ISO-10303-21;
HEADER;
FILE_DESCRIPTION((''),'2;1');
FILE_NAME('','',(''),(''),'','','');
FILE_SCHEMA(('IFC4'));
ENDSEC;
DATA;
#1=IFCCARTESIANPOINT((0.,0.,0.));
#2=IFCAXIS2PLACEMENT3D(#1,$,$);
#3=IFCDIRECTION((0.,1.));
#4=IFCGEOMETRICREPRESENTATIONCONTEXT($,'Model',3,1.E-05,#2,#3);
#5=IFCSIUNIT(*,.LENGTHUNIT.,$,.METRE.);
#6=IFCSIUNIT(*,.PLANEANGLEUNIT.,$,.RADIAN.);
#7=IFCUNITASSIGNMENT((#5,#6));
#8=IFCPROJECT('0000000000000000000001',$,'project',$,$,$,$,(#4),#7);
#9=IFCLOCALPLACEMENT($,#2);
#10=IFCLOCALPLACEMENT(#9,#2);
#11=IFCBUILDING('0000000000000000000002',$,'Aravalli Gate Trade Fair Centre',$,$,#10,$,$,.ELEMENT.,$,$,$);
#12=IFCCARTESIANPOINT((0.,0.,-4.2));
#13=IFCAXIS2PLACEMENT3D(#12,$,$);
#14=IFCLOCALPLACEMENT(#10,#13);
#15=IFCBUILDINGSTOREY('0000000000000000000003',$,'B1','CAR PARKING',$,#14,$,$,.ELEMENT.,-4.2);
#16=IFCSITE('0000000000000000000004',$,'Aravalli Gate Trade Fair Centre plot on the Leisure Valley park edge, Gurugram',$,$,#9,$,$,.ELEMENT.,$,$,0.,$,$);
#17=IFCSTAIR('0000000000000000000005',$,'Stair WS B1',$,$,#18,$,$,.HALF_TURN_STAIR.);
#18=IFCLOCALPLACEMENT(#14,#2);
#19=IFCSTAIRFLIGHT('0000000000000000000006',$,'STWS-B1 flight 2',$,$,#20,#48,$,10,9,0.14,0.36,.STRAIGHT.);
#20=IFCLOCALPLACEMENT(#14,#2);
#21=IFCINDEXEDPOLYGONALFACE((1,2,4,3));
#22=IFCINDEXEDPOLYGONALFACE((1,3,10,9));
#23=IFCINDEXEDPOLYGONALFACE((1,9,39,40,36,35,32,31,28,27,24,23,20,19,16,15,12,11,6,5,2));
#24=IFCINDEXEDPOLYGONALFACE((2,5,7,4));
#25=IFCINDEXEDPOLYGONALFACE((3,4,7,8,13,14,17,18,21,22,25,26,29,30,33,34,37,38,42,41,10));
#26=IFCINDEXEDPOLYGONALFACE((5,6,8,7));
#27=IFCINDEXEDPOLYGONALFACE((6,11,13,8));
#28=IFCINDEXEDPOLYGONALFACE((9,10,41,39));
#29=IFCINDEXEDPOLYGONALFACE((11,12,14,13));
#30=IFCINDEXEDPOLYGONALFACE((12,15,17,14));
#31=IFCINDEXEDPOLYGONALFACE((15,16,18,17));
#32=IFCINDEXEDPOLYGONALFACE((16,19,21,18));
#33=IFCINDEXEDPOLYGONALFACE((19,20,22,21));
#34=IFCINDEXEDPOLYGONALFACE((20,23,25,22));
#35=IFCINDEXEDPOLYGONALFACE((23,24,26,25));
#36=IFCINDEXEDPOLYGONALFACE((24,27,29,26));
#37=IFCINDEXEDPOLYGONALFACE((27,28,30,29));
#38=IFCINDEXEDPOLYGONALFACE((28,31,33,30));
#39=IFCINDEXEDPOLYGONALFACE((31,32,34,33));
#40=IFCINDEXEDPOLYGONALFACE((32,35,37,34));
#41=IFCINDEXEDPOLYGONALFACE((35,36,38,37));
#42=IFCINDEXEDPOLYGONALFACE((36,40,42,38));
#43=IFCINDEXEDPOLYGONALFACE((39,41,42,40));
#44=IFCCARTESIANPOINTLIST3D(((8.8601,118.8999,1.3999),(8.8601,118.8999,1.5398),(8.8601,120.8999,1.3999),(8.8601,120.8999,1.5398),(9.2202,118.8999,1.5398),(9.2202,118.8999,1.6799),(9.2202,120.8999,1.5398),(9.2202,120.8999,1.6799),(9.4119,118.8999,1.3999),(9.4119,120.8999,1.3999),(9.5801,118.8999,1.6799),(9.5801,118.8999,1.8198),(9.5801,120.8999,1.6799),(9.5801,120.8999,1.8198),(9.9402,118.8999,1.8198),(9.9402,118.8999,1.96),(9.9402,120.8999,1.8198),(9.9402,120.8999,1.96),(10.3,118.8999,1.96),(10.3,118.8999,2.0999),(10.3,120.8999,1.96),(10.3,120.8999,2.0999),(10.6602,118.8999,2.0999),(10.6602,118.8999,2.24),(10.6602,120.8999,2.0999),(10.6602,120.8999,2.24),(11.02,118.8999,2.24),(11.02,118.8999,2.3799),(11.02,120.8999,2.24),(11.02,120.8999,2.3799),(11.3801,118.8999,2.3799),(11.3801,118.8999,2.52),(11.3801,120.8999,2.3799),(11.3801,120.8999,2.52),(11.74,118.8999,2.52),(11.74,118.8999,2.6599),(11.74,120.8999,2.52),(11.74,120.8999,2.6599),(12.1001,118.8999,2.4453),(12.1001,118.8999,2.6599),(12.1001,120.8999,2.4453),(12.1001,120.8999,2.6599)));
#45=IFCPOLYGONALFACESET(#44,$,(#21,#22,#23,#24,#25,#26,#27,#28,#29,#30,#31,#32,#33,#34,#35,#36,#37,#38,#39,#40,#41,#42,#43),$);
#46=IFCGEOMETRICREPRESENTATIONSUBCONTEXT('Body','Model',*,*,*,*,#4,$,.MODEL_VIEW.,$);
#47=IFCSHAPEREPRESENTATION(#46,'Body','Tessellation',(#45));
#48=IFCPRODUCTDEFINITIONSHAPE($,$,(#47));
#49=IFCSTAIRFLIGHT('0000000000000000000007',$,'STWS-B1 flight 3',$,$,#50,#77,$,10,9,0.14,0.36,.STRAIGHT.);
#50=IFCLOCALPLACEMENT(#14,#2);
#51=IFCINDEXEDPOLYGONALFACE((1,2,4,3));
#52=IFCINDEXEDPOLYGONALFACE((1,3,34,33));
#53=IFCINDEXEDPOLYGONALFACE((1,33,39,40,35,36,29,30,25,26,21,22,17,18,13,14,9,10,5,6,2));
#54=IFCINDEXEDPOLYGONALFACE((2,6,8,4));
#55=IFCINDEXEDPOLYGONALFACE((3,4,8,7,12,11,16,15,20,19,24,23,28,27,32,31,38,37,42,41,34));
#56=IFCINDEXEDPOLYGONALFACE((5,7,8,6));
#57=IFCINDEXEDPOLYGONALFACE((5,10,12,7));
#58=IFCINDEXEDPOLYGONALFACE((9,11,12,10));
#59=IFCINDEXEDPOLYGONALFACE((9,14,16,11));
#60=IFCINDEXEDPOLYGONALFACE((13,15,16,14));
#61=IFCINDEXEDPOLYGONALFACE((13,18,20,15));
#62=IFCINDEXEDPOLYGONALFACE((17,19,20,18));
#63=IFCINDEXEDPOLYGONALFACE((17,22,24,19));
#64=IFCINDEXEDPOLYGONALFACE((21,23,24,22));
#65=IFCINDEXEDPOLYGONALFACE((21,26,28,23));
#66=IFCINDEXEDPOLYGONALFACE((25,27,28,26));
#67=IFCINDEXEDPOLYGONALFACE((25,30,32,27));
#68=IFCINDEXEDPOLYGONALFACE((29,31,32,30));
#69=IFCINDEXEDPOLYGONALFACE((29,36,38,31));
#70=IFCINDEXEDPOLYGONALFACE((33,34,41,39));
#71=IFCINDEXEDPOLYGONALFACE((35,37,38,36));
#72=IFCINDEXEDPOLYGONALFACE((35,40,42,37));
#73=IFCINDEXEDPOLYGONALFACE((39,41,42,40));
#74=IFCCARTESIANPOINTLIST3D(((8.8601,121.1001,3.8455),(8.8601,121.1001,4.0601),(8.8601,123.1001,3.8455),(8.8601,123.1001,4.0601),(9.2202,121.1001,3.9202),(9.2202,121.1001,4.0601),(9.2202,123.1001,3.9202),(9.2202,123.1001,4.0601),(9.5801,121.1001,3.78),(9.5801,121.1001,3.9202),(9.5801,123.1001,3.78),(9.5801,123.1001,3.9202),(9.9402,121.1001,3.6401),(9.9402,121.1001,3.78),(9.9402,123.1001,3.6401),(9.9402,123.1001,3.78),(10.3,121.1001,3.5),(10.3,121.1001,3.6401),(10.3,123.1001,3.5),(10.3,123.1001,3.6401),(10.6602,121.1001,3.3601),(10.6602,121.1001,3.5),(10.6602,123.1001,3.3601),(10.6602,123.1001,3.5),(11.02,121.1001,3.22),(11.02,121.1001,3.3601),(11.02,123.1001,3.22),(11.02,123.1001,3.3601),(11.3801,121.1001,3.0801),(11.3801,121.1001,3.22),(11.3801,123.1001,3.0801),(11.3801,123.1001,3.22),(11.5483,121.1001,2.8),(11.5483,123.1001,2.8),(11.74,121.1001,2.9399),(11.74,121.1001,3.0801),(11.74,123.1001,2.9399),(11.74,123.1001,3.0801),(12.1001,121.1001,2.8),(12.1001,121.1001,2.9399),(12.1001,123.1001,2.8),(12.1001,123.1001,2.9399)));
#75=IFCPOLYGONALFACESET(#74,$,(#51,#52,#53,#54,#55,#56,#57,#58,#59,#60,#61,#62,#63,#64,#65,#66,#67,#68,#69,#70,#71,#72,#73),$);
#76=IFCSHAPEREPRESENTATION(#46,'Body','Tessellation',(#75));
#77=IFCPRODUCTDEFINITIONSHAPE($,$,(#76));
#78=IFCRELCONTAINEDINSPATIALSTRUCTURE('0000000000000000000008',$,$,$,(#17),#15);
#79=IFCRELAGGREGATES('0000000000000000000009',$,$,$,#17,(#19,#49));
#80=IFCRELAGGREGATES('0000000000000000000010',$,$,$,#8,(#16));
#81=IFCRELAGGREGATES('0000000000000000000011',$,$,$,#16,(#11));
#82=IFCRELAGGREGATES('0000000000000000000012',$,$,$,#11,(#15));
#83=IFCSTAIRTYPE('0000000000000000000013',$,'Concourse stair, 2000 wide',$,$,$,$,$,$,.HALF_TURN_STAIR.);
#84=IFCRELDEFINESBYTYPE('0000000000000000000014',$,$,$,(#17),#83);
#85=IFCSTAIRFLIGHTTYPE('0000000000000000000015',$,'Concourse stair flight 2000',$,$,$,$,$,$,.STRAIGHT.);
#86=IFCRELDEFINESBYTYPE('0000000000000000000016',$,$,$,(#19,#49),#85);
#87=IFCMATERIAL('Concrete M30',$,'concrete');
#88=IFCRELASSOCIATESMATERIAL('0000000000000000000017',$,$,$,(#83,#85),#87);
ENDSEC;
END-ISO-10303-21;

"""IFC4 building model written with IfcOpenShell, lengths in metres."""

from ifc_helpers import new_model, si_unit, direction, frame, origin, place, context, subcontext, project, spatial, polyline, outline, extrude, material, type_object, element, aggregate, save


model = new_model("IFC4")

# Units and contexts
model_context = context("Model", 3, precision=1e-05, world=origin(), true_north=direction((0.0, 1.0)))
body_context = subcontext(model_context, "Body", "Model", "MODEL_VIEW")
ifc_project = project(units=[si_unit("LENGTHUNIT", "METRE"), si_unit("PLANEANGLEUNIT", "RADIAN")], contexts=[model_context])

# Site, building, storey
site_placement = place(None, origin())
site = spatial("IfcSite", under=ifc_project, at=site_placement, Name="Aravalli Gate Trade Fair Centre plot on the Leisure Valley park edge, Gurugram", CompositionType="ELEMENT", RefElevation=0.0)
building_placement = place(site_placement, origin())
building = spatial("IfcBuilding", under=site, at=building_placement, Name="Aravalli Gate Trade Fair Centre", CompositionType="ELEMENT")
storey_placement = place(building_placement, frame((0.0, 0.0, -4.2)))
storey = spatial("IfcBuildingStorey", under=building, at=storey_placement, Name="B1", Description="CAR PARKING", CompositionType="ELEMENT", Elevation=-4.2)

# Stair, stair flights
ifc_material_1 = material(Name="Concrete M30", Category="concrete")
stair_type = type_object("IfcStairType", Name="Concourse stair, 2000 wide", PredefinedType="HALF_TURN_STAIR", material=ifc_material_1)
stair_placement = place(storey_placement, origin())
stair = element("IfcStair", 1, at=stair_placement, inside=storey, type_object=stair_type, Name="Stair WS B1", PredefinedType="HALF_TURN_STAIR")
stair_flight_type = type_object("IfcStairFlightType", Name="Concourse stair flight 2000", PredefinedType="STRAIGHT", material=ifc_material_1)
stair_flight_1_placement = place(storey_placement, frame((8.8601, 119.8999, 1.3999), z_axis=(0.0, 0.0, 1.0), x_axis=(1.0, 0.0, 0.0)))
stair_flight_1 = element("IfcStairFlight", 2, at=stair_flight_1_placement, type_object=stair_flight_type, Name="STWS-B1 flight 2", NumberOfRisers=10, NumberOfTreads=9, PredefinedType="STRAIGHT", RiserHeight=0.14, TreadLength=0.36, context=body_context, shape_type="SweptSolid", body=[
    extrude(outline(polyline([(0.0, 0.0), (0.0, 0.1399), (0.3601, 0.1399), (0.3601, 0.28), (0.72, 0.28), (0.72, 0.4199), (1.0801, 0.4199), (1.0801, 0.5601), (1.4399, 0.5601), (1.4399, 0.7), (1.8, 0.7), (1.8, 0.8401), (2.1599, 0.8401), (2.1599, 0.98), (2.52, 0.98), (2.52, 1.1201), (2.8799, 1.1201), (2.8799, 1.26), (3.24, 1.26), (3.24, 1.3999), (3.24, 1.0454), (0.5518, 0.0), (0.0, 0.0)])), frame((0.0, 1.0, 0.0), z_axis=(0.0, -1.0, 0.0), x_axis=(1.0, 0.0, 0.0)), (0.0, 0.0, 1.0), 2.0),
])
stair_flight_2_placement = place(storey_placement, frame((12.1001, 122.1001, 2.8), z_axis=(0.0, 0.0, 1.0), x_axis=(-1.0, 0.0, 0.0)))
stair_flight_2 = element("IfcStairFlight", 3, at=stair_flight_2_placement, type_object=stair_flight_type, Name="STWS-B1 flight 3", NumberOfRisers=10, NumberOfTreads=9, PredefinedType="STRAIGHT", RiserHeight=0.14, TreadLength=0.36, context=body_context, shape_type="SweptSolid", body=[
    extrude(outline(polyline([(0.0, 0.0), (0.0, 0.1399), (0.3601, 0.1399), (0.3601, 0.28), (0.72, 0.28), (0.72, 0.4199), (1.0801, 0.4199), (1.0801, 0.5601), (1.4399, 0.5601), (1.4399, 0.7), (1.8, 0.7), (1.8, 0.8401), (2.1599, 0.8401), (2.1599, 0.98), (2.52, 0.98), (2.52, 1.1201), (2.8799, 1.1201), (2.8799, 1.26), (3.24, 1.26), (3.24, 1.3999), (3.24, 1.0454), (0.5518, 0.0), (0.0, 0.0)])), frame((0.0, 1.0, 0.0), z_axis=(0.0, -1.0, 0.0), x_axis=(1.0, 0.0, 0.0)), (0.0, 0.0, 1.0), 2.0),
])
aggregate(stair, [stair_flight_1, stair_flight_2])

save(model, "model.ifc")
